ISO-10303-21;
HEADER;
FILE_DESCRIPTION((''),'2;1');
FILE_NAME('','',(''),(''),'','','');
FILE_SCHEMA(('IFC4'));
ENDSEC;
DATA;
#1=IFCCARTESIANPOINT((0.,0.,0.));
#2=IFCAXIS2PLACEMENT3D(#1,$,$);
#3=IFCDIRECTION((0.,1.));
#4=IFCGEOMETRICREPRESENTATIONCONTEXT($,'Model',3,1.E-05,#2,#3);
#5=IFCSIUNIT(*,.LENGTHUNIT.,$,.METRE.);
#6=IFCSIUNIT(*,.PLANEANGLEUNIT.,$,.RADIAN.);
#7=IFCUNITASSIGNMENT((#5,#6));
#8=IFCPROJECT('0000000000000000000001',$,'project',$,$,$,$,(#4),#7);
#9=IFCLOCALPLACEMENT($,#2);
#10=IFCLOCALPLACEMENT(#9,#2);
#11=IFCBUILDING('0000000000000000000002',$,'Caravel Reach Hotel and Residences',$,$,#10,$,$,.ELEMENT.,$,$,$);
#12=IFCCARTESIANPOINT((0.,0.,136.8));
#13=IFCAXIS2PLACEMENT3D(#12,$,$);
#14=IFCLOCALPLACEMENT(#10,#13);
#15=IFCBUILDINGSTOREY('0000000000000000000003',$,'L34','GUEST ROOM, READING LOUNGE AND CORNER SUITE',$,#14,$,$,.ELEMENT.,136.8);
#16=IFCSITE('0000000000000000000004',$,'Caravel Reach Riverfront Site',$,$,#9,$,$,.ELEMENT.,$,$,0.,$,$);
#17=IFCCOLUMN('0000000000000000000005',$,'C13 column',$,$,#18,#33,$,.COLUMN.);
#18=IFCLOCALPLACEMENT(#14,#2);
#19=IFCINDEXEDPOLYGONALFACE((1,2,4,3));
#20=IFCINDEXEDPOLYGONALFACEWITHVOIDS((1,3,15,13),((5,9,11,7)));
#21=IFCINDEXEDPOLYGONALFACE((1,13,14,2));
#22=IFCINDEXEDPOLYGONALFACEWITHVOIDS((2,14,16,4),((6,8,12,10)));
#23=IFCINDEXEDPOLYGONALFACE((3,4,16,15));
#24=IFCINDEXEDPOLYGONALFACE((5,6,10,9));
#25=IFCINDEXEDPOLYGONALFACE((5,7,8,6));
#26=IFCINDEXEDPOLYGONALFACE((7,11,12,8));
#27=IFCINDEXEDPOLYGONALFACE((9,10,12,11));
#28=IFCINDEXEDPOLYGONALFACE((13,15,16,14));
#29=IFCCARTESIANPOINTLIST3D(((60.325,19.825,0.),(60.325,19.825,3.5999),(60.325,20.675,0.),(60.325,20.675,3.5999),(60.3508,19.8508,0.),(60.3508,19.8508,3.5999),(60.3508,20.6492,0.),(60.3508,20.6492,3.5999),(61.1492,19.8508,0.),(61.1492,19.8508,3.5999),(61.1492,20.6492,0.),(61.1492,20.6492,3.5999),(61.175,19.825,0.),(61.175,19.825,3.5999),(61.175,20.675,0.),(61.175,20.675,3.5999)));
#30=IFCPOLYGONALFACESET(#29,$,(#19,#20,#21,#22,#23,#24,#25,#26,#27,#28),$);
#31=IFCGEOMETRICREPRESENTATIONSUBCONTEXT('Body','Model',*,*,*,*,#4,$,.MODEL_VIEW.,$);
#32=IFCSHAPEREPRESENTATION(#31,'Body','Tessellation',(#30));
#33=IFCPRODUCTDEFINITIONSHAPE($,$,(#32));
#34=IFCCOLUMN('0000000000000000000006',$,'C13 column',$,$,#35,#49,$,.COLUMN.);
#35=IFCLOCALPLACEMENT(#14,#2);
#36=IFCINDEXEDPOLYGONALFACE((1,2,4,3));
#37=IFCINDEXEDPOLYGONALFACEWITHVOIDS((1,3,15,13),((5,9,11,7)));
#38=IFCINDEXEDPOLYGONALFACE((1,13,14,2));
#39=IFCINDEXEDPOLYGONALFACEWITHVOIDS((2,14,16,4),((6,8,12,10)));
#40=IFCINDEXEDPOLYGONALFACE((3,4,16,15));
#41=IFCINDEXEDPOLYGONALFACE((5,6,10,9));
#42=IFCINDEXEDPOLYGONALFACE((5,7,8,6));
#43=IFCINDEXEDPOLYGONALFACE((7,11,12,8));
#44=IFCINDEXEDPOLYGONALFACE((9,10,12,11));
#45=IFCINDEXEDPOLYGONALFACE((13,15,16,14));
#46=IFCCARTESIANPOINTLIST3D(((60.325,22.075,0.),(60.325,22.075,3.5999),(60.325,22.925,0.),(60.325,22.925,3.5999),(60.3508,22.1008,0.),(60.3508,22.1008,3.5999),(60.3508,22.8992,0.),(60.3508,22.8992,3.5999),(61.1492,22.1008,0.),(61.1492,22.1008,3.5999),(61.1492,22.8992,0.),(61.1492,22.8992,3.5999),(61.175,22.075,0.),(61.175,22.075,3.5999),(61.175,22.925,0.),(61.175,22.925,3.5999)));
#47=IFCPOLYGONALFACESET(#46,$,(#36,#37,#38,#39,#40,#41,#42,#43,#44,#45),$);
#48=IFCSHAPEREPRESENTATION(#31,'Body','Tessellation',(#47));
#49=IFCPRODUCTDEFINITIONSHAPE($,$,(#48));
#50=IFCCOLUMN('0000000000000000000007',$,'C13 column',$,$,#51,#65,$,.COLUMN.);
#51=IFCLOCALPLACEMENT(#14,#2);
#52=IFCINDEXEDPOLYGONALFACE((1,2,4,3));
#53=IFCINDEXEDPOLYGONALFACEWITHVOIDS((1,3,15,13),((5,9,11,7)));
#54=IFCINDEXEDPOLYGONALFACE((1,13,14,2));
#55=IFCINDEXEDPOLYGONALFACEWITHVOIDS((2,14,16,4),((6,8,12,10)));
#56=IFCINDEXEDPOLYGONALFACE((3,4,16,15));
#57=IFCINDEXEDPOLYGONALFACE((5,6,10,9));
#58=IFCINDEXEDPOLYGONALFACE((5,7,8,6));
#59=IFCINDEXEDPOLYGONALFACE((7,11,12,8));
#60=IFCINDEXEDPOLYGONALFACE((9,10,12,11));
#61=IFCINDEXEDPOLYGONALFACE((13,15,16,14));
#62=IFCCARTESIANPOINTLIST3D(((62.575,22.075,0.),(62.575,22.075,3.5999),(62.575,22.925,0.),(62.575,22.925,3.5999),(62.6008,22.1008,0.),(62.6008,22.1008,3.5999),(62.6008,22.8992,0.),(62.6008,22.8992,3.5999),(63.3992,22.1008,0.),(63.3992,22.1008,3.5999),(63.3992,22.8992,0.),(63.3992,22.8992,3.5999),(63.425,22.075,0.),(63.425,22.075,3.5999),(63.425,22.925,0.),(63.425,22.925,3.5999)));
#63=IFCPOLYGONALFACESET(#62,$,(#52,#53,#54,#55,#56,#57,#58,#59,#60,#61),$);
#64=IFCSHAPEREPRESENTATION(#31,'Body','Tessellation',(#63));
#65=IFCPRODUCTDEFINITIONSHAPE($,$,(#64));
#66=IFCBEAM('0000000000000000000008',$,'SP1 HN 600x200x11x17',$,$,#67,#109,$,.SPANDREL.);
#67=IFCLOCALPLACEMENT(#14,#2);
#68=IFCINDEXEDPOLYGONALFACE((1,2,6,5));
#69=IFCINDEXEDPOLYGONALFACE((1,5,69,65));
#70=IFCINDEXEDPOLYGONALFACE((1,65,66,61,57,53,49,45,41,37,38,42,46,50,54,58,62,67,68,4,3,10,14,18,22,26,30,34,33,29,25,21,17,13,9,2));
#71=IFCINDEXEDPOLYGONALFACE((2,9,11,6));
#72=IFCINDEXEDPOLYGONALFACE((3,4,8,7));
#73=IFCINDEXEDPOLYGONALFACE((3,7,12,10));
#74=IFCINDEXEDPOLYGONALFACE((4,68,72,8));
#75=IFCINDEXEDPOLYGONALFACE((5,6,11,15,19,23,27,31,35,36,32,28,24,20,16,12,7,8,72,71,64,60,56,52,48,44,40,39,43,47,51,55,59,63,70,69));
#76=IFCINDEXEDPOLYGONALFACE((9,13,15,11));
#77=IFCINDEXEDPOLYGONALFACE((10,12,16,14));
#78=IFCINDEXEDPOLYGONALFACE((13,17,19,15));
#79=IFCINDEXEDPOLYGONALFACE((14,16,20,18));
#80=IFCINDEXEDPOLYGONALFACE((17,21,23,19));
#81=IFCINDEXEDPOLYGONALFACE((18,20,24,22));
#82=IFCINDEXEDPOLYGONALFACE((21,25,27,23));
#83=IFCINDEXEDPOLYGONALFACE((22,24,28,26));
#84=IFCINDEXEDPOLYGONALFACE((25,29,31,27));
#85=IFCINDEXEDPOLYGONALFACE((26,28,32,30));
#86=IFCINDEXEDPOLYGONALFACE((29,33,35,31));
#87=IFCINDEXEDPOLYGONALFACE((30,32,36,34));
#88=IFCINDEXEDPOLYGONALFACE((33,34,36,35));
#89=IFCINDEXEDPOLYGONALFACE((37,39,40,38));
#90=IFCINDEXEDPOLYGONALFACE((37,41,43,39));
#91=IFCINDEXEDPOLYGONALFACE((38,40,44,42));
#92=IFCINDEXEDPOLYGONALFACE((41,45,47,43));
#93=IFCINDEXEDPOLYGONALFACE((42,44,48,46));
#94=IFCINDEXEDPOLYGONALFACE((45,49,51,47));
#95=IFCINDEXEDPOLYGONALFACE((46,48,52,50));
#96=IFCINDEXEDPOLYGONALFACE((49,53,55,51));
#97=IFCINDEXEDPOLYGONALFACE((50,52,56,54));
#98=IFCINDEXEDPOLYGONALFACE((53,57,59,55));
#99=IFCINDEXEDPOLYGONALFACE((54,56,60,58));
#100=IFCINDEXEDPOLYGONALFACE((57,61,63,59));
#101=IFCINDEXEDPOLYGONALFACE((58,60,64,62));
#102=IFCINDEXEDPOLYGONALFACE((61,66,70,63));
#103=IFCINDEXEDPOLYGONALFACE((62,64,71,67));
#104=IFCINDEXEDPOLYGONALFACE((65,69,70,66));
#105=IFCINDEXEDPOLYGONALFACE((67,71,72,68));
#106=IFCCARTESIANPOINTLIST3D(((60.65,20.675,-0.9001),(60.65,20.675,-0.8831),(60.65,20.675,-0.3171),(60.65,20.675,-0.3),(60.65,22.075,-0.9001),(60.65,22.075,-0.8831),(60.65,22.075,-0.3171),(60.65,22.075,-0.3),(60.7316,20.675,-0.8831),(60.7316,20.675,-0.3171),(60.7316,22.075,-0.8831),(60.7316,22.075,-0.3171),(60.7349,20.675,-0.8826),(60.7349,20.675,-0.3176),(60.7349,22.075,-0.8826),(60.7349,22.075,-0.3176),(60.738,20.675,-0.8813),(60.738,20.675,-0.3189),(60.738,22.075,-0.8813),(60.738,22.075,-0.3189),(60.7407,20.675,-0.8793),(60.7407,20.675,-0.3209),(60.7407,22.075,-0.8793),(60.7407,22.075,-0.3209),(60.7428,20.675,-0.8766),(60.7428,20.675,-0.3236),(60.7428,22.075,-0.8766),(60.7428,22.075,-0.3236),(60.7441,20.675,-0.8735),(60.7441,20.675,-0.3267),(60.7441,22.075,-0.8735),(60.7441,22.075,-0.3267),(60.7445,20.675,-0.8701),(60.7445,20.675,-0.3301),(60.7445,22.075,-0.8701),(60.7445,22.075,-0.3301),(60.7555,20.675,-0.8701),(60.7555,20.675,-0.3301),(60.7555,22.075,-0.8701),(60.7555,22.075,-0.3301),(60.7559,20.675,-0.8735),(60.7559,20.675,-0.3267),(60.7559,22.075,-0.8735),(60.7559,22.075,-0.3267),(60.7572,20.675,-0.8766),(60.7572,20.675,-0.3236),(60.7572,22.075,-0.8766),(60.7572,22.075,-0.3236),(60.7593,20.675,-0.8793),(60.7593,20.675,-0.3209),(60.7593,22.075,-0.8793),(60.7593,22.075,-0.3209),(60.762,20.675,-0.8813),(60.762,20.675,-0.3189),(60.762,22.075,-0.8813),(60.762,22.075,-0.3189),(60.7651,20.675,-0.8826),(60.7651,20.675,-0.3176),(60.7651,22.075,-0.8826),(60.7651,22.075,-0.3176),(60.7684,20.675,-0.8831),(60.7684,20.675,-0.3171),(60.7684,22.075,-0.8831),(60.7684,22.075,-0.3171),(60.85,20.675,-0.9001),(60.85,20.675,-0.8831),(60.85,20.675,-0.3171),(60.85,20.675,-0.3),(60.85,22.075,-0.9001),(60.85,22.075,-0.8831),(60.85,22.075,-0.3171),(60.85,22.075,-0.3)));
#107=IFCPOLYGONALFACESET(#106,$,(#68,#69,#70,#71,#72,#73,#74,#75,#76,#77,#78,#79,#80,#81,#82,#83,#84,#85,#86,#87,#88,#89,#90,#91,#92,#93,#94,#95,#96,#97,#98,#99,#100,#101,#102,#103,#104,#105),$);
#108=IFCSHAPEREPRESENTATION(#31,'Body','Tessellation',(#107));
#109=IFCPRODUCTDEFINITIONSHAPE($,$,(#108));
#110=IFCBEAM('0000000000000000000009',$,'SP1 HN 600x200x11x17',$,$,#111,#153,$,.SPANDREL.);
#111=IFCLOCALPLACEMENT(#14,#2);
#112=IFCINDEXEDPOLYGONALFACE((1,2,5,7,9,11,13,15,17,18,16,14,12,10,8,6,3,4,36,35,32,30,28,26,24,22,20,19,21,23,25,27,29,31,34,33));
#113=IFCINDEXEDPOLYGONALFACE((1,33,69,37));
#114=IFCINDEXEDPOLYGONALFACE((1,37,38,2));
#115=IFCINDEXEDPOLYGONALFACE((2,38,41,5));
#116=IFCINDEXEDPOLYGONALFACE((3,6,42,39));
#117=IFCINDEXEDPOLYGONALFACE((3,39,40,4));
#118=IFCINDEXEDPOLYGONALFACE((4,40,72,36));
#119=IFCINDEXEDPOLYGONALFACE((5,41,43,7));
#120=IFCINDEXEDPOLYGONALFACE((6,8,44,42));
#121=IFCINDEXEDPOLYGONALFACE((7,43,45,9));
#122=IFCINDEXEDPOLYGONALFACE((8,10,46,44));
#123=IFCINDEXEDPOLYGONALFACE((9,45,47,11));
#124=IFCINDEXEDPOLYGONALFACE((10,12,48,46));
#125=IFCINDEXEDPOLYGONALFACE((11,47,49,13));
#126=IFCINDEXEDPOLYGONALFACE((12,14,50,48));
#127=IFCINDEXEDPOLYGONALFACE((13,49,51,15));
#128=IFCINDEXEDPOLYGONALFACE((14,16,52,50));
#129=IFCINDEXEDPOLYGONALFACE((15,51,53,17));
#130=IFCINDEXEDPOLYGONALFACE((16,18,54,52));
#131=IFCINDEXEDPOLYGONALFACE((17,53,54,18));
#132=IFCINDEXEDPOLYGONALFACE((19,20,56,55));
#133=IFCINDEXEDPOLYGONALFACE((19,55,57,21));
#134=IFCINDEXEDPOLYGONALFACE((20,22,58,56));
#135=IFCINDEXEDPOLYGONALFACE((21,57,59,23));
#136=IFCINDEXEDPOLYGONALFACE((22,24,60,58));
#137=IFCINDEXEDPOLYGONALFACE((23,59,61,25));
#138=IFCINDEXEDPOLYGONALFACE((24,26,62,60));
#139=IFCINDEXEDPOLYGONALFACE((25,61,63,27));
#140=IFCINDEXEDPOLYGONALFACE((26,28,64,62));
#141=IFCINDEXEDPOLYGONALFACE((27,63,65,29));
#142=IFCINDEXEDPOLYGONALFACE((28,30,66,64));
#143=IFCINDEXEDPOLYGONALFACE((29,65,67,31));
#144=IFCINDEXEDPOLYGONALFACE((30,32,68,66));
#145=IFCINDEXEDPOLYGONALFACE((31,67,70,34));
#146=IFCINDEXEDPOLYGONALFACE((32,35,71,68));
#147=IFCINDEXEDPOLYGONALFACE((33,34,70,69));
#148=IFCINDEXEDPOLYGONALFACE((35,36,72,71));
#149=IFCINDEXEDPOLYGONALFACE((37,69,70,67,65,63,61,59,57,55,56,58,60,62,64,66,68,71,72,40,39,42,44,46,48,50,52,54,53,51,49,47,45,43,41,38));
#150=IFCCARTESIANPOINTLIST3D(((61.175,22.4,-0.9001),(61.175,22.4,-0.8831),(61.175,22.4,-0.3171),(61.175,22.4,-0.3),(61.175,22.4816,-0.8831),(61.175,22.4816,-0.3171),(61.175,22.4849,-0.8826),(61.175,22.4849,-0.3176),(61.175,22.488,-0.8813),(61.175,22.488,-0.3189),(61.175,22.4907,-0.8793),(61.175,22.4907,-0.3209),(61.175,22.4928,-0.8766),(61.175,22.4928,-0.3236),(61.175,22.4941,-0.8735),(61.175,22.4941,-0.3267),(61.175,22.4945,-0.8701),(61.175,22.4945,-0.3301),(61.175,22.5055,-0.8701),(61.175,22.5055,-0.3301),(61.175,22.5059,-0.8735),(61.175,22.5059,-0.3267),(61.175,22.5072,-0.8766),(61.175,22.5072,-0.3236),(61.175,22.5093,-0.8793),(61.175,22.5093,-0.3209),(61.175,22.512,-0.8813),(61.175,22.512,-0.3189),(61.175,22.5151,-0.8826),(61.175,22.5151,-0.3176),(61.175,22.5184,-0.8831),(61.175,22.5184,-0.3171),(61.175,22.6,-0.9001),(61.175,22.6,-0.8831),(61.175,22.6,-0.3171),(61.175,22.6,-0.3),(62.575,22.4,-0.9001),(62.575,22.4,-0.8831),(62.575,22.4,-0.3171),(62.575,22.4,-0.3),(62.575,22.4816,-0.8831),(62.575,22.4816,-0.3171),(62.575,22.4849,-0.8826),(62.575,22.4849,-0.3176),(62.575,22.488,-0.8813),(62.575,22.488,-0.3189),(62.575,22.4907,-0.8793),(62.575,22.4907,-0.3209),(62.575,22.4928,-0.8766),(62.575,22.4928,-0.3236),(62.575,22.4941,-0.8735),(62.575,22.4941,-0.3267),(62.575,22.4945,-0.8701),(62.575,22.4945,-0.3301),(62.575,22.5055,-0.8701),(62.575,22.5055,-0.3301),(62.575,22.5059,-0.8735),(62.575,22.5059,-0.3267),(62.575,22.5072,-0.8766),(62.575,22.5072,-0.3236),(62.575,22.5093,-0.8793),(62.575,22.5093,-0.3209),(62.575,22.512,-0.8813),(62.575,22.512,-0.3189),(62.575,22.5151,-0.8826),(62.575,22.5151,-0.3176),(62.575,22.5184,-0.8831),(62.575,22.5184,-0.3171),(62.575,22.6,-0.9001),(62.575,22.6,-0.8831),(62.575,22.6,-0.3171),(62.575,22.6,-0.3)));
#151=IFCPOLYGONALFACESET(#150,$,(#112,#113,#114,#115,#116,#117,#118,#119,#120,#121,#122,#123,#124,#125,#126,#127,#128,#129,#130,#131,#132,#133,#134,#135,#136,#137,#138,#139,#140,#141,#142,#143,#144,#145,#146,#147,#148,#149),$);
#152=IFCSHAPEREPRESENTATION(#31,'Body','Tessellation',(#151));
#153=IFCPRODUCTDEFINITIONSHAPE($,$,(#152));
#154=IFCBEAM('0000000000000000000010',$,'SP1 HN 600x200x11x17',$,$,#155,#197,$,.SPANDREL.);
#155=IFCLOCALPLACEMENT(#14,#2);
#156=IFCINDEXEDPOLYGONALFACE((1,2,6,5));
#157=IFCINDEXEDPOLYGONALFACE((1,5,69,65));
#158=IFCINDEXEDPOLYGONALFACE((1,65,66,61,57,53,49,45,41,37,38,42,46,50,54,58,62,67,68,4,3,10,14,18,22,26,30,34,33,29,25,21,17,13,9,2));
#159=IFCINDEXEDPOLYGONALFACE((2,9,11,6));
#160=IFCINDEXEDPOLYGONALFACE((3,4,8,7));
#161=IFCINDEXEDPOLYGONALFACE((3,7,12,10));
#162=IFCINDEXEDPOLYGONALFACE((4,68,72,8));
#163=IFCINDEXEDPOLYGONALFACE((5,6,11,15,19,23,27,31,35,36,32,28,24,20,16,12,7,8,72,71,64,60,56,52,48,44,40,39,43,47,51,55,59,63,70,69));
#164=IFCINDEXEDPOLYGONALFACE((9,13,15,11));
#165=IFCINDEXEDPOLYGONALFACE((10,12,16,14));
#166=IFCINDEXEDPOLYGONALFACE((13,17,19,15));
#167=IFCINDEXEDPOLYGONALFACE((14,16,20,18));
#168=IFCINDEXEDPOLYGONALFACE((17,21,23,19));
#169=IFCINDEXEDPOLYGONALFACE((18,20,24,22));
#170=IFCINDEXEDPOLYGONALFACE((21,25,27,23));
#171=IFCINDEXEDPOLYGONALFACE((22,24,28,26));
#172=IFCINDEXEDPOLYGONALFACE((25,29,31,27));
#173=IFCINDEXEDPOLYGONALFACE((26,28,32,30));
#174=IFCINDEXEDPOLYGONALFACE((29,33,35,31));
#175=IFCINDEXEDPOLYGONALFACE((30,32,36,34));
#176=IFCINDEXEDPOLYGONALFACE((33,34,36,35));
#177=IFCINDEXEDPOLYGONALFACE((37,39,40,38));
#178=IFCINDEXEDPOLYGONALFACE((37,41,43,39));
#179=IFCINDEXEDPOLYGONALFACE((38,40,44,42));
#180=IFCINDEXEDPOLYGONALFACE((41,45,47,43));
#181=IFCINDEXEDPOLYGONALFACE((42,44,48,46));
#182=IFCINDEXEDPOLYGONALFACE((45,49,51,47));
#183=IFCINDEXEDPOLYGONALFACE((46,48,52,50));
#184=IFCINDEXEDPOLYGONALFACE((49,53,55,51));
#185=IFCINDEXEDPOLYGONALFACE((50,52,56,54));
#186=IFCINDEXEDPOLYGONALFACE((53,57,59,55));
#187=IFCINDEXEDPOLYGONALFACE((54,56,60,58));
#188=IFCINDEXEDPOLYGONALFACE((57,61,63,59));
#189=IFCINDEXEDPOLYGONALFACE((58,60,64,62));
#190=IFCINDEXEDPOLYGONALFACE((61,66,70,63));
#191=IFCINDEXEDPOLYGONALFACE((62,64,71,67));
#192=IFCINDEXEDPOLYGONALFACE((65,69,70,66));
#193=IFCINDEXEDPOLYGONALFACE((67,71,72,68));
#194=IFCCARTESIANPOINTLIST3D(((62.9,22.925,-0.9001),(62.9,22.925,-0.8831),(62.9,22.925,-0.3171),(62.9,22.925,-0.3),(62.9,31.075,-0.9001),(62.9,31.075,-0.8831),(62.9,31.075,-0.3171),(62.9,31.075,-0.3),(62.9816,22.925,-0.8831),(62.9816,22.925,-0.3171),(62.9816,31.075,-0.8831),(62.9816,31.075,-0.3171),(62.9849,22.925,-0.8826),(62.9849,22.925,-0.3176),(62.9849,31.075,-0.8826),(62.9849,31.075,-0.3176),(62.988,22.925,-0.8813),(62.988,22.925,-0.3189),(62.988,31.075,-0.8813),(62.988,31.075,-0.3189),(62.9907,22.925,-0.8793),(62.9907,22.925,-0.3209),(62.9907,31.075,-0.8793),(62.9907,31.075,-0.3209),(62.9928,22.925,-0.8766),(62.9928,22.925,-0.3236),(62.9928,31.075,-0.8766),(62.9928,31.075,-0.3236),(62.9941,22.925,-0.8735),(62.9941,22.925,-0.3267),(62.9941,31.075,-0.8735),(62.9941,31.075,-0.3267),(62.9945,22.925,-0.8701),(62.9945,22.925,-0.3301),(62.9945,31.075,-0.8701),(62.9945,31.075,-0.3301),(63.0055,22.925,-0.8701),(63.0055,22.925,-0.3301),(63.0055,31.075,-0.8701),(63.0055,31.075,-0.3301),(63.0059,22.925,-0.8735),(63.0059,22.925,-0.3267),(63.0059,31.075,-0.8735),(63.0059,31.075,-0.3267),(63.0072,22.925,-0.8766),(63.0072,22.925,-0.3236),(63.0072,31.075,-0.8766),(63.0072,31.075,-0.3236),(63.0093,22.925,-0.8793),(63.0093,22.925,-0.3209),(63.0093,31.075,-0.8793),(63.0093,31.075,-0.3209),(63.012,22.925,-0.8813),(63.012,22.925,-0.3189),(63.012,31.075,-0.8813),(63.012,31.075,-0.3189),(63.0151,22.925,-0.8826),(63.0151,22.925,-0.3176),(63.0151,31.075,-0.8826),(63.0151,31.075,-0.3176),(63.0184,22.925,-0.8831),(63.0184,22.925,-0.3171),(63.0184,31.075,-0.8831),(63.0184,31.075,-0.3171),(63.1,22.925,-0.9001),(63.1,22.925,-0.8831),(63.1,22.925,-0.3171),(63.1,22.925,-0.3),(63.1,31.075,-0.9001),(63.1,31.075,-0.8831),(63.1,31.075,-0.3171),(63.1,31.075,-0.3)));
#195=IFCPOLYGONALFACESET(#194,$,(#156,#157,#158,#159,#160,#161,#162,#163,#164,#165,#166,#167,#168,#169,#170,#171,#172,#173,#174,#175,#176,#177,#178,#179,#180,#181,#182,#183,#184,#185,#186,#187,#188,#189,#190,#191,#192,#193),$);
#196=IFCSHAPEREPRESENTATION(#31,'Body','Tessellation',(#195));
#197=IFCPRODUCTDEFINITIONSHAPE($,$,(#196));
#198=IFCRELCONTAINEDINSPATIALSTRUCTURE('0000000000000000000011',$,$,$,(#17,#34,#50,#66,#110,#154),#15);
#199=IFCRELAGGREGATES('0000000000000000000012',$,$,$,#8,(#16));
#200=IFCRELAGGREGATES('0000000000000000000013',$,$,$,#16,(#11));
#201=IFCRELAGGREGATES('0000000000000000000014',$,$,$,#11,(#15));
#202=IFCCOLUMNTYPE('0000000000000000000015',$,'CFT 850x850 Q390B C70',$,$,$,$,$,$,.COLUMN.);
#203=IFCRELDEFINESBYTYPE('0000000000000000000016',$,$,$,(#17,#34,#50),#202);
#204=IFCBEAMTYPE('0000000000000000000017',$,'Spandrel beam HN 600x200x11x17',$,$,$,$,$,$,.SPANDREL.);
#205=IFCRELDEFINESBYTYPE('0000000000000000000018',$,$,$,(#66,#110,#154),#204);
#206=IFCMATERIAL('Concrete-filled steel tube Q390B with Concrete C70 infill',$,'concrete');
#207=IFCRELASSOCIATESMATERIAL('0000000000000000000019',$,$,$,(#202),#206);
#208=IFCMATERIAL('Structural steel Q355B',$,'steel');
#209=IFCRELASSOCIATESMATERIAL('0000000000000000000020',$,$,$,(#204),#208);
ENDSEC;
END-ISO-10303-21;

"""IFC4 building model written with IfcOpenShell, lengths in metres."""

from ifc_helpers import new_model, si_unit, direction, frame, origin, origin_2d, place, context, subcontext, project, spatial, hollow_rectangle, i_section, extrude, material, material_profile, profile_set, type_object, element, save


model = new_model("IFC4")

# Units and contexts
model_context = context("Model", 3, precision=1e-05, world=origin(), true_north=direction((0.0, 1.0)))
body_context = subcontext(model_context, "Body", "Model", "MODEL_VIEW")
ifc_project = project(units=[si_unit("LENGTHUNIT", "METRE"), si_unit("PLANEANGLEUNIT", "RADIAN")], contexts=[model_context])

# Site, building, storey
site_placement = place(None, origin())
site = spatial("IfcSite", under=ifc_project, at=site_placement, Name="Caravel Reach Riverfront Site", CompositionType="ELEMENT", RefElevation=0.0)
building_placement = place(site_placement, origin())
building = spatial("IfcBuilding", under=site, at=building_placement, Name="Caravel Reach Hotel and Residences", CompositionType="ELEMENT")
storey_placement = place(building_placement, frame((0.0, 0.0, 136.8)))
storey = spatial("IfcBuildingStorey", under=building, at=storey_placement, Name="L34", Description="GUEST ROOM, READING LOUNGE AND CORNER SUITE", CompositionType="ELEMENT", Elevation=136.8)

# Columns
ifc_material_1 = material(Name="Concrete-filled steel tube Q390B with Concrete C70 infill", Category="concrete")
ifc_material_profile_1 = material_profile(ifc_material_1, hollow_rectangle(XDim=0.8501, YDim=0.8501, WallThickness=0.0259, at=origin_2d()), Name="RHS 850x850x26")
ifc_profile_set_1 = profile_set([ifc_material_profile_1], Name="Concrete-filled steel tube Q390B with Concrete C70 infill")
column_type = type_object("IfcColumnType", Name="CFT 850x850 Q390B C70", PredefinedType="COLUMN", material=ifc_profile_set_1)
for number, where, z_axis, x_axis, name in (
    (1, (60.75, 20.25, 0.0), (0.0, 0.0, 1.0), (1.0, 0.0, 0.0), "C13 column"),
    (2, (60.75, 22.5, 0.0), (0.0, 0.0, 1.0), (1.0, 0.0, 0.0), "C13 column"),
    (3, (63.0, 22.5, 0.0), (0.0, 0.0, 1.0), (1.0, 0.0, 0.0), "C13 column"),
):
    element("IfcColumn", number, at=place(storey_placement, frame(where, z_axis=z_axis, x_axis=x_axis)), inside=storey, type_object=column_type, Name=name, PredefinedType="COLUMN", context=body_context, shape_type="SweptSolid", body=[
        extrude(hollow_rectangle(XDim=0.8501, YDim=0.8501, WallThickness=0.0259, at=origin_2d()), origin(), (0.0, 0.0, 1.0), 3.5999),
    ])

# Beams
ifc_material_2 = material(Name="Structural steel Q355B", Category="steel")
ifc_material_profile_2 = material_profile(ifc_material_2, i_section(OverallWidth=0.2, OverallDepth=0.6001, WebThickness=0.011, FlangeThickness=0.0171, FilletRadius=0.0129, at=origin_2d()), Name="HN 600x200x11x17")
ifc_profile_set_2 = profile_set([ifc_material_profile_2], Name="Structural steel Q355B")
beam_type = type_object("IfcBeamType", Name="Spandrel beam HN 600x200x11x17", PredefinedType="SPANDREL", material=ifc_profile_set_2)
for number, where, z_axis, x_axis, name in (
    (4, (60.75, 20.675, -0.6001), (0.0, 1.0, 0.0), (-1.0, 0.0, 0.0), "SP1 HN 600x200x11x17"),
    (5, (61.175, 22.5, -0.6001), (1.0, 0.0, 0.0), (0.0, 1.0, 0.0), "SP1 HN 600x200x11x17"),
):
    element("IfcBeam", number, at=place(storey_placement, frame(where, z_axis=z_axis, x_axis=x_axis)), inside=storey, type_object=beam_type, Name=name, PredefinedType="SPANDREL", context=body_context, shape_type="SweptSolid", body=[
        extrude(i_section(OverallWidth=0.2, OverallDepth=0.6001, WebThickness=0.011, FlangeThickness=0.0171, FilletRadius=0.0129, at=origin_2d()), origin(), (0.0, 0.0, 1.0), 1.3999),
    ])
beam_placement = place(storey_placement, frame((63.0, 22.925, -0.6001), z_axis=(0.0, 1.0, 0.0), x_axis=(-1.0, 0.0, 0.0)))
element("IfcBeam", 6, at=beam_placement, inside=storey, type_object=beam_type, Name="SP1 HN 600x200x11x17", PredefinedType="SPANDREL", context=body_context, shape_type="SweptSolid", body=[
    extrude(i_section(OverallWidth=0.2, OverallDepth=0.6001, WebThickness=0.011, FlangeThickness=0.0171, FilletRadius=0.0129, at=origin_2d()), origin(), (0.0, 0.0, 1.0), 8.1499),
])

save(model, "model.ifc")
